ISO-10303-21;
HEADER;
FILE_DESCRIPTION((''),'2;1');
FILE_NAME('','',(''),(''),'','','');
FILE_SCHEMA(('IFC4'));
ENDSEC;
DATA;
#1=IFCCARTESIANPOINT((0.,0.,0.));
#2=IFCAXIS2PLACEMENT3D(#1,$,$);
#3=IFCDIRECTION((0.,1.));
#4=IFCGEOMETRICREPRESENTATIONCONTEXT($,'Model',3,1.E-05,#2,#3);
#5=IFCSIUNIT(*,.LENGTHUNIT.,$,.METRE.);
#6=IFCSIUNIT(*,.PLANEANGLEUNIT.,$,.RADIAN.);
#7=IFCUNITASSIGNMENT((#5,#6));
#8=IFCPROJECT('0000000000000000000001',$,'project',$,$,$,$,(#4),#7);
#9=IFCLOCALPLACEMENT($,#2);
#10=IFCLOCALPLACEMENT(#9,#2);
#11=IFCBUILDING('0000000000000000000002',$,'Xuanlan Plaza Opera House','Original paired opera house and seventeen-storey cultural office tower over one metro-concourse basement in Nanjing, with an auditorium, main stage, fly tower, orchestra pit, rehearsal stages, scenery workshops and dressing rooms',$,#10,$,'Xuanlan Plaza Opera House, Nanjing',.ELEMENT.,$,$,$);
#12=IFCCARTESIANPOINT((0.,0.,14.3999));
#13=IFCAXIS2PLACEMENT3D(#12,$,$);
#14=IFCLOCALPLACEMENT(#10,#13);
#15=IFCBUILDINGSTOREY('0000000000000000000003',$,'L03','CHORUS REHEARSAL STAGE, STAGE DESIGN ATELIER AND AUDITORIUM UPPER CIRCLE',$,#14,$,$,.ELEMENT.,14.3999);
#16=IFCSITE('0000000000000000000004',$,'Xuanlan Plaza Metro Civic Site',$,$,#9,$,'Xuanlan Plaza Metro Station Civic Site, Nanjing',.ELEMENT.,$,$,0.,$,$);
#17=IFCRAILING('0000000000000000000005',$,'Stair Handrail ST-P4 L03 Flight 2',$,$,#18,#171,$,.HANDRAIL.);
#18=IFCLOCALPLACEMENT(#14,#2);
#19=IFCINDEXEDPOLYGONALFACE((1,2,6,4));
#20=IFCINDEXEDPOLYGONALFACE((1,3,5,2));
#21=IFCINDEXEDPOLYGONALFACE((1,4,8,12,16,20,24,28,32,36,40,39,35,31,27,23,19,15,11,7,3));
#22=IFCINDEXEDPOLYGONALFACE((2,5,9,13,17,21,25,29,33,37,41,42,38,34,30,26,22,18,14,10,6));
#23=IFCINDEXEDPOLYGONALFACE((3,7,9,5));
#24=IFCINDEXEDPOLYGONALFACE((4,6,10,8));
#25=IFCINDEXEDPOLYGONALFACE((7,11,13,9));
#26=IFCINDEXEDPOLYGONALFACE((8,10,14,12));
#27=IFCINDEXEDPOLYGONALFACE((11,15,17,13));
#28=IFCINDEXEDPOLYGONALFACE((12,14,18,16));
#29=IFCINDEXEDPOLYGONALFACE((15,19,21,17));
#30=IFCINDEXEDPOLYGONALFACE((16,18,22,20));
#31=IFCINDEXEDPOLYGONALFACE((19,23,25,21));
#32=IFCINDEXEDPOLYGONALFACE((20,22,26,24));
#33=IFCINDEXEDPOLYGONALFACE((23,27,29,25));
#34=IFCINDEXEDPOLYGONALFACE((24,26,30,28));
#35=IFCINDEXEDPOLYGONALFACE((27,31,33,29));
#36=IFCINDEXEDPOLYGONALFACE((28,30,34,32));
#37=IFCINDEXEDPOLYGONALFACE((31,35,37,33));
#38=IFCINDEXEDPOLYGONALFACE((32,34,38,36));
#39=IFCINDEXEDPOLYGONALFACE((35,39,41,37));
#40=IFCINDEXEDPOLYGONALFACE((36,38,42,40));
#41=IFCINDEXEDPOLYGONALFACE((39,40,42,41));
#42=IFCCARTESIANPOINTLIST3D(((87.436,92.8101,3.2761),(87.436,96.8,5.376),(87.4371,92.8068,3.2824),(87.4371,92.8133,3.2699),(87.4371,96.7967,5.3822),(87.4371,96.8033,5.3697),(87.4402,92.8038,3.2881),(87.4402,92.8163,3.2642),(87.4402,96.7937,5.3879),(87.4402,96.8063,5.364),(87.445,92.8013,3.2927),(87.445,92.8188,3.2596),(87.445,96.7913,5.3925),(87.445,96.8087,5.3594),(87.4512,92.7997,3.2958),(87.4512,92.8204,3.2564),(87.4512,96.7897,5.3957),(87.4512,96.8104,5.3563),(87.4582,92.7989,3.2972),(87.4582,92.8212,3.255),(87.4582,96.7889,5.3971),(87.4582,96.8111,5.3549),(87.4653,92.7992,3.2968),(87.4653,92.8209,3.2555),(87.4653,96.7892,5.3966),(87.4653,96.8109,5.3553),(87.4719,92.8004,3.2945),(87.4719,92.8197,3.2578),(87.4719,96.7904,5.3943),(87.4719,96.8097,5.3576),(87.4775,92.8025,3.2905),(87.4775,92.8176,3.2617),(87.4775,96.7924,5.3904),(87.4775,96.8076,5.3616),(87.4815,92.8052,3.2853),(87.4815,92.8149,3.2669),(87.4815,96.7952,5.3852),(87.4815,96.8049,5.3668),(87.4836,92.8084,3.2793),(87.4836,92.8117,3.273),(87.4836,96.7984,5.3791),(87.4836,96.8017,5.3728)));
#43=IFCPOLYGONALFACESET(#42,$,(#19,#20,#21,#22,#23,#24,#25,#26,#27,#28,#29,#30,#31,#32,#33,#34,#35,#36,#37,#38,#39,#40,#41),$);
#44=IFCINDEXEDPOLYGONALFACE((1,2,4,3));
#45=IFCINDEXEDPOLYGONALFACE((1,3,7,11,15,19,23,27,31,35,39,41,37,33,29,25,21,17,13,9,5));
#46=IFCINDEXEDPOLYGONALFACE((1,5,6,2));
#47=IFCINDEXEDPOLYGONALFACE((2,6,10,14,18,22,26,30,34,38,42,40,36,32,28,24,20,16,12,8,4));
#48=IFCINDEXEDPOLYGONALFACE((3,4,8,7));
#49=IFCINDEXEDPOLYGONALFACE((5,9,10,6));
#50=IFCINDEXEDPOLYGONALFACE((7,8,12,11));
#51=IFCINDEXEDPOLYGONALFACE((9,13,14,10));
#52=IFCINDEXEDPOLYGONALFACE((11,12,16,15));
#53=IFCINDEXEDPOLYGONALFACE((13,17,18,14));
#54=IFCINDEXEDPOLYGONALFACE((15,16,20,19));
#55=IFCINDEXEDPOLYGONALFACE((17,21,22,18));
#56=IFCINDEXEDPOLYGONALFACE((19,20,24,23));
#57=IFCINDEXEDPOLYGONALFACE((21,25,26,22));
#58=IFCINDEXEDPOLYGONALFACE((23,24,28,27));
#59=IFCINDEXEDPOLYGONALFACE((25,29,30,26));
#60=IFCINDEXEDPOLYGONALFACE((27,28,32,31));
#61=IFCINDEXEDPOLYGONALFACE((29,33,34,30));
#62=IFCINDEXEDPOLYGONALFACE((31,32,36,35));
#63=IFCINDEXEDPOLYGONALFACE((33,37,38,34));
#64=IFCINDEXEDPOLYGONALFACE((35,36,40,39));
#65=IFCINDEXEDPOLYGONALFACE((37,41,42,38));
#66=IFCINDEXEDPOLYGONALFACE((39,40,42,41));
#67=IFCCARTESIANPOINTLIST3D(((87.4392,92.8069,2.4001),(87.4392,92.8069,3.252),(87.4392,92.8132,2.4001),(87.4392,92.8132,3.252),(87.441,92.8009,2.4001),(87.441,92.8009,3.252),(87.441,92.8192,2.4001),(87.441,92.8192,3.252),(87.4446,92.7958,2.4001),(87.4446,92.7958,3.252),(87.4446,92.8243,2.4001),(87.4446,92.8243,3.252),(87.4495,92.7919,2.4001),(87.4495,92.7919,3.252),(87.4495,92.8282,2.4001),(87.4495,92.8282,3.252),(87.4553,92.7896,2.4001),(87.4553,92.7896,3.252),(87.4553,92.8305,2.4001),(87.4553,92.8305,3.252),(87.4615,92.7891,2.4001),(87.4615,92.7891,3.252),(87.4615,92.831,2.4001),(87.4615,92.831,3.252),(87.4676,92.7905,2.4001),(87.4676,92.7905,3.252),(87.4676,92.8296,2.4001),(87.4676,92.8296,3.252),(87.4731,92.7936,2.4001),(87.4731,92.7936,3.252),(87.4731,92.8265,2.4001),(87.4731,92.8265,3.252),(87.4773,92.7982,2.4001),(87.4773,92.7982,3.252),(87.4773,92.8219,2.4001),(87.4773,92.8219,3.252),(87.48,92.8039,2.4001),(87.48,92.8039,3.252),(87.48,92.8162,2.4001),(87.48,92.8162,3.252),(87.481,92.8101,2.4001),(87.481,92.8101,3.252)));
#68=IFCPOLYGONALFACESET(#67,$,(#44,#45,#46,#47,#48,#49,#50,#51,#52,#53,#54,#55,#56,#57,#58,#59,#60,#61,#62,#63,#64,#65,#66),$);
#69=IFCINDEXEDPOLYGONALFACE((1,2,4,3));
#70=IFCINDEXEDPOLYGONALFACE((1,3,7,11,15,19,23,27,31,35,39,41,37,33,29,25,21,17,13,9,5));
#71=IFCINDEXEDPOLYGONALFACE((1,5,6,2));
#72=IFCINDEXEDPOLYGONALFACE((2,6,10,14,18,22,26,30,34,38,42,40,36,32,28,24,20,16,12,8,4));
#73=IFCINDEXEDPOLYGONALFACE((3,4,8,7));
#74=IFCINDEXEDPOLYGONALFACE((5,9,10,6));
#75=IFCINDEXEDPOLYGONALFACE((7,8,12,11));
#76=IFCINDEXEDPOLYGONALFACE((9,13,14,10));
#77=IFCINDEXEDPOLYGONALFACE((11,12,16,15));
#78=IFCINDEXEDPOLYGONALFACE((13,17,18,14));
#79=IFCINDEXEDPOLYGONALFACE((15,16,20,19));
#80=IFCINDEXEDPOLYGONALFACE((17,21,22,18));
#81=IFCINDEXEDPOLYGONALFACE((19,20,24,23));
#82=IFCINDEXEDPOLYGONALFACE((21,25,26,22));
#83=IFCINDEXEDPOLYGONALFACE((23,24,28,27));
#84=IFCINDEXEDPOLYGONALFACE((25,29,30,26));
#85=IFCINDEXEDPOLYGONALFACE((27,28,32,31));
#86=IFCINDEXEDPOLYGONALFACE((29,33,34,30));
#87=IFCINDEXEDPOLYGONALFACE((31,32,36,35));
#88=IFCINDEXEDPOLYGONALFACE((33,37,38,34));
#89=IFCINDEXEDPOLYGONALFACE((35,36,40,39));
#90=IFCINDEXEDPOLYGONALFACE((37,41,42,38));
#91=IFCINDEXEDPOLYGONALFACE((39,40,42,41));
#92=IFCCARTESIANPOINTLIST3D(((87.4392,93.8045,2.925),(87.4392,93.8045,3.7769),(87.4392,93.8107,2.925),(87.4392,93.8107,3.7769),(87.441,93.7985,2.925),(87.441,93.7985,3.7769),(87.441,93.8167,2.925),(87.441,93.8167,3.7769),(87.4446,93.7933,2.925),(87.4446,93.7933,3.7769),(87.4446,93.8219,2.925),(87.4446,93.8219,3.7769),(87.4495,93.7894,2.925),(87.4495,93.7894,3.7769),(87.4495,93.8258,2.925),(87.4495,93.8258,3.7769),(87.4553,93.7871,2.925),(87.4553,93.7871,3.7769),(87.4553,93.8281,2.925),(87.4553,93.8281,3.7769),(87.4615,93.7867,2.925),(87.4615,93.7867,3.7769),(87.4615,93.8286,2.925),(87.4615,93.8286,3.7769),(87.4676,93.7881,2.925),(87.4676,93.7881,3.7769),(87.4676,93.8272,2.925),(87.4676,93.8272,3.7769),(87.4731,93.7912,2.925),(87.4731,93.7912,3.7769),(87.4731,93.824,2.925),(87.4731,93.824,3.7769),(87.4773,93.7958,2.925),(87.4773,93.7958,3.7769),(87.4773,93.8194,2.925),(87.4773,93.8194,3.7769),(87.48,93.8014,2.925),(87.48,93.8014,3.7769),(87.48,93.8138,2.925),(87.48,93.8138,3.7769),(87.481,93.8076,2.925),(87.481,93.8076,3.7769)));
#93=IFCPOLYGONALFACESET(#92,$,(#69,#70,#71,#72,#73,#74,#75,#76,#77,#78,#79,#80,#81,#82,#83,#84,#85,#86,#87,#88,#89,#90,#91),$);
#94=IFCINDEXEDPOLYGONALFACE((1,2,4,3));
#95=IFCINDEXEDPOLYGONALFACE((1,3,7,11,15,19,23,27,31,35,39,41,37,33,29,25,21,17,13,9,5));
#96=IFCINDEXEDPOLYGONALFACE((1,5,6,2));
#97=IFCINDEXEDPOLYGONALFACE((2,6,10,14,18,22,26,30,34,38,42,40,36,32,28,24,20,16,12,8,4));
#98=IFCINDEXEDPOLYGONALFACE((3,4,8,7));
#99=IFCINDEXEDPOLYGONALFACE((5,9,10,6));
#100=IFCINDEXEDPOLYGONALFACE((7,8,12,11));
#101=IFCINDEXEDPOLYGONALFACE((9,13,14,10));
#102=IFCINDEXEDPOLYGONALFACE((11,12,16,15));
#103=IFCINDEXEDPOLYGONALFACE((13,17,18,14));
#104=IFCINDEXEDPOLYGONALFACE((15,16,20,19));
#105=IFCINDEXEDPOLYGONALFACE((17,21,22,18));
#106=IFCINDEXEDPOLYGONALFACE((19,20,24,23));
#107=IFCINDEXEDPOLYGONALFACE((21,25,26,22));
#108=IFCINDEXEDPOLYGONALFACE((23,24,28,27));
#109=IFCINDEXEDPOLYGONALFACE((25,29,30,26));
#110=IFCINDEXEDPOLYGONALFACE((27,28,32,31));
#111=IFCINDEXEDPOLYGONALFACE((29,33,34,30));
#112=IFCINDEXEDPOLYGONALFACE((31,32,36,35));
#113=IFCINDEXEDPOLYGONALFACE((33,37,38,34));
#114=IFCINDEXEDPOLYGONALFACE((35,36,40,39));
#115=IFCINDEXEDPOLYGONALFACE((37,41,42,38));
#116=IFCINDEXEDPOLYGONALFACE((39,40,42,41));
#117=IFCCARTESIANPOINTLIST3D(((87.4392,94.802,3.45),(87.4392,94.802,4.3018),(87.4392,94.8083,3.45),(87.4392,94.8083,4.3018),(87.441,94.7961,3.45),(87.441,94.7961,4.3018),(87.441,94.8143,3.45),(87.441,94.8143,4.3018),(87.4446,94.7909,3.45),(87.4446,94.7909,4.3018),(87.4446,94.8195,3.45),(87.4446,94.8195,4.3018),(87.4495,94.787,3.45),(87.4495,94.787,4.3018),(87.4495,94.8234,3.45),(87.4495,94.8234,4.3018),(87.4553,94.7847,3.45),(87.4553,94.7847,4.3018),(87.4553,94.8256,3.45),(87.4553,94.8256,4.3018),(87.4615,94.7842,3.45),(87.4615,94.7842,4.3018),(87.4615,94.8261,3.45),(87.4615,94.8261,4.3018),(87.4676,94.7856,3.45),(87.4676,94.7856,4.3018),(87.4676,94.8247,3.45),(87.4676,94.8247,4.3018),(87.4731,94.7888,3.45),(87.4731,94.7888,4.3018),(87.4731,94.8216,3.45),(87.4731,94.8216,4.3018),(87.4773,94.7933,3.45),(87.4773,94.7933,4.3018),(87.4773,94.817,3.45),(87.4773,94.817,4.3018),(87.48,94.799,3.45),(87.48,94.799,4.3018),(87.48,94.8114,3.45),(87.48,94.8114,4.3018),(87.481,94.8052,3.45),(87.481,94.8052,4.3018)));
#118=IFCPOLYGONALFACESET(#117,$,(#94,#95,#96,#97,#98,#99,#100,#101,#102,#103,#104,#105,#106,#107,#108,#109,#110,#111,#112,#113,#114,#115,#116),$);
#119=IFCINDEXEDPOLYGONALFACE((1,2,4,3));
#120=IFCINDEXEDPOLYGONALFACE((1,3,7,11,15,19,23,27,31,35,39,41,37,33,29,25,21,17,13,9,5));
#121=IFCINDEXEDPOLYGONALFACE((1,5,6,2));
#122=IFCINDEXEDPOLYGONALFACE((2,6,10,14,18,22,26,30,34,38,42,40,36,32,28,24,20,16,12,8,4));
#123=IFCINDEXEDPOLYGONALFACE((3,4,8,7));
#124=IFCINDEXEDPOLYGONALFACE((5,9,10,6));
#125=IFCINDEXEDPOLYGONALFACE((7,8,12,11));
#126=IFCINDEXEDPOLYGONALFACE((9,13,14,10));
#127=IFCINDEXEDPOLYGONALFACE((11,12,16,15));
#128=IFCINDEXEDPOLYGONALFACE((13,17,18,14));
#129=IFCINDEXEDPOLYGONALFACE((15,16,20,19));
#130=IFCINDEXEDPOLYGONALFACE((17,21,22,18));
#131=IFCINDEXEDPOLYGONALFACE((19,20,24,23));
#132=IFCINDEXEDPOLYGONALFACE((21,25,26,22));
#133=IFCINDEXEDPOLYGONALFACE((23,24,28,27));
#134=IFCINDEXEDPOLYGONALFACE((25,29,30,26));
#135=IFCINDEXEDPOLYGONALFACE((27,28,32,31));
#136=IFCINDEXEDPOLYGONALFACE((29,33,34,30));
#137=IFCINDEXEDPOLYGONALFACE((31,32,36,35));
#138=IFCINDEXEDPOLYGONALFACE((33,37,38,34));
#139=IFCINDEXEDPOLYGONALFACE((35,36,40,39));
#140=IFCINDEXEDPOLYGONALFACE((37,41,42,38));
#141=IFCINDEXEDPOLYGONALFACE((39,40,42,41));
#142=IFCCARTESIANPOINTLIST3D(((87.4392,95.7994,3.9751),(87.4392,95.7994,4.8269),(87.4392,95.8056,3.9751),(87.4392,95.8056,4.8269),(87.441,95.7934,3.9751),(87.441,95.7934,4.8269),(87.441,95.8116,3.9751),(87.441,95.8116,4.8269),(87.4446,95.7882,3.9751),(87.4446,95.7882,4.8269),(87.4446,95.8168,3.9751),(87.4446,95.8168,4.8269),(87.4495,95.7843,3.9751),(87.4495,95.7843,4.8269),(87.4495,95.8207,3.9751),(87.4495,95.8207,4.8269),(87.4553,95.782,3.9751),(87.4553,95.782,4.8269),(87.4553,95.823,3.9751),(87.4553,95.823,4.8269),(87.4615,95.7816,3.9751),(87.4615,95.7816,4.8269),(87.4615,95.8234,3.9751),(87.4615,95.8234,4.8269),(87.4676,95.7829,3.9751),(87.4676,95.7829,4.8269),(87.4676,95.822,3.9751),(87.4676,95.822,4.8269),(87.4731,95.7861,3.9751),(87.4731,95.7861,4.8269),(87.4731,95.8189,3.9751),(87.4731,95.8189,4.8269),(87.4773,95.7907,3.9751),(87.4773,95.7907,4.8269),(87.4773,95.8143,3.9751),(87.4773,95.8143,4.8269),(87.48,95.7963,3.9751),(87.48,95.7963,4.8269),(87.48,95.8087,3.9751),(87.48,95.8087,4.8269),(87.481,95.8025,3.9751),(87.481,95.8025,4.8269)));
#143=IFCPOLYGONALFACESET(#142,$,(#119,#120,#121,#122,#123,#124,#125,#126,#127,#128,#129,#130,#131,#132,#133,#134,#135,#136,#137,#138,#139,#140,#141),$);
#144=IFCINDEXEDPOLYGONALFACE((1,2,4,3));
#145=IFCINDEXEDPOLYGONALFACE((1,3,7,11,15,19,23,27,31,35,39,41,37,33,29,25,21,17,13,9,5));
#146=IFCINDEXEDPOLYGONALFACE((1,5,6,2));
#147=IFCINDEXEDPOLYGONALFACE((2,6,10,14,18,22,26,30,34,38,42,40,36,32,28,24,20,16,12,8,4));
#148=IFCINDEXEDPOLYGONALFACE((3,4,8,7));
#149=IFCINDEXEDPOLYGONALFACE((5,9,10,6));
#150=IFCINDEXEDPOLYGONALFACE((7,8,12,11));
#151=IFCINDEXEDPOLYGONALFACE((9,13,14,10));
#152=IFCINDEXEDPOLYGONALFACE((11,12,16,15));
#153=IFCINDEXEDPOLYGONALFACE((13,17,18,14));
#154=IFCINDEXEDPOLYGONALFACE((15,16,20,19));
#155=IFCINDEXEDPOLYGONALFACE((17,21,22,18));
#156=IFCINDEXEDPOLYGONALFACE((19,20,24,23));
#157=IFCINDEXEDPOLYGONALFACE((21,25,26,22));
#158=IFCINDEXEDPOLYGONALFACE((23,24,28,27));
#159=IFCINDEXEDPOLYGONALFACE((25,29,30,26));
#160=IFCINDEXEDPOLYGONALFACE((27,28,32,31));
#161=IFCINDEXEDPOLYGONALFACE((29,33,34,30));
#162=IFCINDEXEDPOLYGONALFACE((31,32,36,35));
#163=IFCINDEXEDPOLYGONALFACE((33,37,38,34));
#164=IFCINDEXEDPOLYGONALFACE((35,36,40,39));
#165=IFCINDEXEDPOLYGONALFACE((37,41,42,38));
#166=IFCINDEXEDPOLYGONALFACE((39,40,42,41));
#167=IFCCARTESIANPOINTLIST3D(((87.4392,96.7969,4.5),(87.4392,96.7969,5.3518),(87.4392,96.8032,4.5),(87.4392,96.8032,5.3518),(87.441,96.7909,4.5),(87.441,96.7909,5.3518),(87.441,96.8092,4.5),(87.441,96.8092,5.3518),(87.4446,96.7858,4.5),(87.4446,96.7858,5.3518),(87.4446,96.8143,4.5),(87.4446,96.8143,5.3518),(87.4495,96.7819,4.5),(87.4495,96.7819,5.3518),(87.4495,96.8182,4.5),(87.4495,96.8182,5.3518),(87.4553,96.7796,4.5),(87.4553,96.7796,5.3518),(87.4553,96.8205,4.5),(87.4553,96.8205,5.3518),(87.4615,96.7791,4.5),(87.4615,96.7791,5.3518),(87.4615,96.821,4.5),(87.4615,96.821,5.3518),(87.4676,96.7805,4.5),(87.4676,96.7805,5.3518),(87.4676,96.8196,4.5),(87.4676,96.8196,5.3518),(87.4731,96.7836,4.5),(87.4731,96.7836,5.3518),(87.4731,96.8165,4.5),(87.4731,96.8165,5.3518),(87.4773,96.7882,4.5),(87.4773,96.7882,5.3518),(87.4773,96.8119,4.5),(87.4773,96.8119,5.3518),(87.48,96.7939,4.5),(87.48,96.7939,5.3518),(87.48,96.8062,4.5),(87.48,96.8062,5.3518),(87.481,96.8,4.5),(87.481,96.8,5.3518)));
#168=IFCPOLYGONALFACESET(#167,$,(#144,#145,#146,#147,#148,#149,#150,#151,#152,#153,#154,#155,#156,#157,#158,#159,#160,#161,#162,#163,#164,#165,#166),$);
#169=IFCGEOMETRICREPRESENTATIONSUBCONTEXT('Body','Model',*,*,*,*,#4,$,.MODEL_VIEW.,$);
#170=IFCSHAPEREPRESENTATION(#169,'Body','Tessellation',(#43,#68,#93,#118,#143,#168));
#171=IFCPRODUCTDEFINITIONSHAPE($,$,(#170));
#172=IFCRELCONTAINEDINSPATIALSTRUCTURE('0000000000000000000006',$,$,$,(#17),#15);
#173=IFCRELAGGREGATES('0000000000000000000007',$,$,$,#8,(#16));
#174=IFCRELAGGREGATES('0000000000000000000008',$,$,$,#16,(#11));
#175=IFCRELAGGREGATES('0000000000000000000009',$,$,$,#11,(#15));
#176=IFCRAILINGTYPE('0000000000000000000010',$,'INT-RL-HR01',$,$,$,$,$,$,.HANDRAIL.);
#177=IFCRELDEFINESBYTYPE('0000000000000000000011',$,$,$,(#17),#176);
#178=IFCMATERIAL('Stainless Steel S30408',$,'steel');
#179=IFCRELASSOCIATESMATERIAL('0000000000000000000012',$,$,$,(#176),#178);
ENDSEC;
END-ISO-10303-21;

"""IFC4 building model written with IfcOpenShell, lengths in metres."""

from ifc_helpers import new_model, si_unit, direction, frame, origin, origin_2d, place, context, subcontext, project, spatial, circle, extrude, material, type_object, element, save


model = new_model("IFC4")

# Units and contexts
model_context = context("Model", 3, precision=1e-05, world=origin(), true_north=direction((0.0, 1.0)))
body_context = subcontext(model_context, "Body", "Model", "MODEL_VIEW")
ifc_project = project(units=[si_unit("LENGTHUNIT", "METRE"), si_unit("PLANEANGLEUNIT", "RADIAN")], contexts=[model_context])

# Site, building, storey
site_placement = place(None, origin())
site = spatial("IfcSite", under=ifc_project, at=site_placement, Name="Xuanlan Plaza Metro Civic Site", LongName="Xuanlan Plaza Metro Station Civic Site, Nanjing", CompositionType="ELEMENT", RefElevation=0.0)
building_placement = place(site_placement, origin())
building = spatial("IfcBuilding", under=site, at=building_placement, Name="Xuanlan Plaza Opera House", Description="Original paired opera house and seventeen-storey cultural office tower over one metro-concourse basement in Nanjing, with an auditorium, main stage, fly tower, orchestra pit, rehearsal stages, scenery workshops and dressing rooms", LongName="Xuanlan Plaza Opera House, Nanjing", CompositionType="ELEMENT")
storey_placement = place(building_placement, frame((0.0, 0.0, 14.3999)))
storey = spatial("IfcBuildingStorey", under=building, at=storey_placement, Name="L03", Description="CHORUS REHEARSAL STAGE, STAGE DESIGN ATELIER AND AUDITORIUM UPPER CIRCLE", CompositionType="ELEMENT", Elevation=14.3999)

# Railing
ifc_material_1 = material(Name="Stainless Steel S30408", Category="steel")
railing_type = type_object("IfcRailingType", Name="INT-RL-HR01", PredefinedType="HANDRAIL", material=ifc_material_1)
railing_placement = place(storey_placement, frame((87.46, 92.8101, 2.4001)))
element("IfcRailing", 1, at=railing_placement, inside=storey, type_object=railing_type, Name="Stair Handrail ST-P4 L03 Flight 2", PredefinedType="HANDRAIL", context=body_context, shape_type="SweptSolid", body=[
    extrude(circle(Radius=0.0239, at=origin_2d()), frame((0.0, 0.0, 0.876), z_axis=(0.0, 0.884931, 0.465722), x_axis=(-1.0, 0.0, 0.0)), (0.0, 0.0, 1.0), 4.5088),
    extrude(circle(Radius=0.021, at=origin_2d()), origin(), (0.0, 0.0, 1.0), 0.8518),
    extrude(circle(Radius=0.021, at=origin_2d()), frame((0.0, 0.9976, 0.5249)), (0.0, 0.0, 1.0), 0.8518),
    extrude(circle(Radius=0.021, at=origin_2d()), frame((0.0, 1.9951, 1.0498)), (0.0, 0.0, 1.0), 0.8518),
    extrude(circle(Radius=0.021, at=origin_2d()), frame((0.0, 2.9924, 1.575)), (0.0, 0.0, 1.0), 0.8518),
    extrude(circle(Radius=0.021, at=origin_2d()), frame((0.0, 3.99, 2.0999)), (0.0, 0.0, 1.0), 0.8518),
])

save(model, "model.ifc")
